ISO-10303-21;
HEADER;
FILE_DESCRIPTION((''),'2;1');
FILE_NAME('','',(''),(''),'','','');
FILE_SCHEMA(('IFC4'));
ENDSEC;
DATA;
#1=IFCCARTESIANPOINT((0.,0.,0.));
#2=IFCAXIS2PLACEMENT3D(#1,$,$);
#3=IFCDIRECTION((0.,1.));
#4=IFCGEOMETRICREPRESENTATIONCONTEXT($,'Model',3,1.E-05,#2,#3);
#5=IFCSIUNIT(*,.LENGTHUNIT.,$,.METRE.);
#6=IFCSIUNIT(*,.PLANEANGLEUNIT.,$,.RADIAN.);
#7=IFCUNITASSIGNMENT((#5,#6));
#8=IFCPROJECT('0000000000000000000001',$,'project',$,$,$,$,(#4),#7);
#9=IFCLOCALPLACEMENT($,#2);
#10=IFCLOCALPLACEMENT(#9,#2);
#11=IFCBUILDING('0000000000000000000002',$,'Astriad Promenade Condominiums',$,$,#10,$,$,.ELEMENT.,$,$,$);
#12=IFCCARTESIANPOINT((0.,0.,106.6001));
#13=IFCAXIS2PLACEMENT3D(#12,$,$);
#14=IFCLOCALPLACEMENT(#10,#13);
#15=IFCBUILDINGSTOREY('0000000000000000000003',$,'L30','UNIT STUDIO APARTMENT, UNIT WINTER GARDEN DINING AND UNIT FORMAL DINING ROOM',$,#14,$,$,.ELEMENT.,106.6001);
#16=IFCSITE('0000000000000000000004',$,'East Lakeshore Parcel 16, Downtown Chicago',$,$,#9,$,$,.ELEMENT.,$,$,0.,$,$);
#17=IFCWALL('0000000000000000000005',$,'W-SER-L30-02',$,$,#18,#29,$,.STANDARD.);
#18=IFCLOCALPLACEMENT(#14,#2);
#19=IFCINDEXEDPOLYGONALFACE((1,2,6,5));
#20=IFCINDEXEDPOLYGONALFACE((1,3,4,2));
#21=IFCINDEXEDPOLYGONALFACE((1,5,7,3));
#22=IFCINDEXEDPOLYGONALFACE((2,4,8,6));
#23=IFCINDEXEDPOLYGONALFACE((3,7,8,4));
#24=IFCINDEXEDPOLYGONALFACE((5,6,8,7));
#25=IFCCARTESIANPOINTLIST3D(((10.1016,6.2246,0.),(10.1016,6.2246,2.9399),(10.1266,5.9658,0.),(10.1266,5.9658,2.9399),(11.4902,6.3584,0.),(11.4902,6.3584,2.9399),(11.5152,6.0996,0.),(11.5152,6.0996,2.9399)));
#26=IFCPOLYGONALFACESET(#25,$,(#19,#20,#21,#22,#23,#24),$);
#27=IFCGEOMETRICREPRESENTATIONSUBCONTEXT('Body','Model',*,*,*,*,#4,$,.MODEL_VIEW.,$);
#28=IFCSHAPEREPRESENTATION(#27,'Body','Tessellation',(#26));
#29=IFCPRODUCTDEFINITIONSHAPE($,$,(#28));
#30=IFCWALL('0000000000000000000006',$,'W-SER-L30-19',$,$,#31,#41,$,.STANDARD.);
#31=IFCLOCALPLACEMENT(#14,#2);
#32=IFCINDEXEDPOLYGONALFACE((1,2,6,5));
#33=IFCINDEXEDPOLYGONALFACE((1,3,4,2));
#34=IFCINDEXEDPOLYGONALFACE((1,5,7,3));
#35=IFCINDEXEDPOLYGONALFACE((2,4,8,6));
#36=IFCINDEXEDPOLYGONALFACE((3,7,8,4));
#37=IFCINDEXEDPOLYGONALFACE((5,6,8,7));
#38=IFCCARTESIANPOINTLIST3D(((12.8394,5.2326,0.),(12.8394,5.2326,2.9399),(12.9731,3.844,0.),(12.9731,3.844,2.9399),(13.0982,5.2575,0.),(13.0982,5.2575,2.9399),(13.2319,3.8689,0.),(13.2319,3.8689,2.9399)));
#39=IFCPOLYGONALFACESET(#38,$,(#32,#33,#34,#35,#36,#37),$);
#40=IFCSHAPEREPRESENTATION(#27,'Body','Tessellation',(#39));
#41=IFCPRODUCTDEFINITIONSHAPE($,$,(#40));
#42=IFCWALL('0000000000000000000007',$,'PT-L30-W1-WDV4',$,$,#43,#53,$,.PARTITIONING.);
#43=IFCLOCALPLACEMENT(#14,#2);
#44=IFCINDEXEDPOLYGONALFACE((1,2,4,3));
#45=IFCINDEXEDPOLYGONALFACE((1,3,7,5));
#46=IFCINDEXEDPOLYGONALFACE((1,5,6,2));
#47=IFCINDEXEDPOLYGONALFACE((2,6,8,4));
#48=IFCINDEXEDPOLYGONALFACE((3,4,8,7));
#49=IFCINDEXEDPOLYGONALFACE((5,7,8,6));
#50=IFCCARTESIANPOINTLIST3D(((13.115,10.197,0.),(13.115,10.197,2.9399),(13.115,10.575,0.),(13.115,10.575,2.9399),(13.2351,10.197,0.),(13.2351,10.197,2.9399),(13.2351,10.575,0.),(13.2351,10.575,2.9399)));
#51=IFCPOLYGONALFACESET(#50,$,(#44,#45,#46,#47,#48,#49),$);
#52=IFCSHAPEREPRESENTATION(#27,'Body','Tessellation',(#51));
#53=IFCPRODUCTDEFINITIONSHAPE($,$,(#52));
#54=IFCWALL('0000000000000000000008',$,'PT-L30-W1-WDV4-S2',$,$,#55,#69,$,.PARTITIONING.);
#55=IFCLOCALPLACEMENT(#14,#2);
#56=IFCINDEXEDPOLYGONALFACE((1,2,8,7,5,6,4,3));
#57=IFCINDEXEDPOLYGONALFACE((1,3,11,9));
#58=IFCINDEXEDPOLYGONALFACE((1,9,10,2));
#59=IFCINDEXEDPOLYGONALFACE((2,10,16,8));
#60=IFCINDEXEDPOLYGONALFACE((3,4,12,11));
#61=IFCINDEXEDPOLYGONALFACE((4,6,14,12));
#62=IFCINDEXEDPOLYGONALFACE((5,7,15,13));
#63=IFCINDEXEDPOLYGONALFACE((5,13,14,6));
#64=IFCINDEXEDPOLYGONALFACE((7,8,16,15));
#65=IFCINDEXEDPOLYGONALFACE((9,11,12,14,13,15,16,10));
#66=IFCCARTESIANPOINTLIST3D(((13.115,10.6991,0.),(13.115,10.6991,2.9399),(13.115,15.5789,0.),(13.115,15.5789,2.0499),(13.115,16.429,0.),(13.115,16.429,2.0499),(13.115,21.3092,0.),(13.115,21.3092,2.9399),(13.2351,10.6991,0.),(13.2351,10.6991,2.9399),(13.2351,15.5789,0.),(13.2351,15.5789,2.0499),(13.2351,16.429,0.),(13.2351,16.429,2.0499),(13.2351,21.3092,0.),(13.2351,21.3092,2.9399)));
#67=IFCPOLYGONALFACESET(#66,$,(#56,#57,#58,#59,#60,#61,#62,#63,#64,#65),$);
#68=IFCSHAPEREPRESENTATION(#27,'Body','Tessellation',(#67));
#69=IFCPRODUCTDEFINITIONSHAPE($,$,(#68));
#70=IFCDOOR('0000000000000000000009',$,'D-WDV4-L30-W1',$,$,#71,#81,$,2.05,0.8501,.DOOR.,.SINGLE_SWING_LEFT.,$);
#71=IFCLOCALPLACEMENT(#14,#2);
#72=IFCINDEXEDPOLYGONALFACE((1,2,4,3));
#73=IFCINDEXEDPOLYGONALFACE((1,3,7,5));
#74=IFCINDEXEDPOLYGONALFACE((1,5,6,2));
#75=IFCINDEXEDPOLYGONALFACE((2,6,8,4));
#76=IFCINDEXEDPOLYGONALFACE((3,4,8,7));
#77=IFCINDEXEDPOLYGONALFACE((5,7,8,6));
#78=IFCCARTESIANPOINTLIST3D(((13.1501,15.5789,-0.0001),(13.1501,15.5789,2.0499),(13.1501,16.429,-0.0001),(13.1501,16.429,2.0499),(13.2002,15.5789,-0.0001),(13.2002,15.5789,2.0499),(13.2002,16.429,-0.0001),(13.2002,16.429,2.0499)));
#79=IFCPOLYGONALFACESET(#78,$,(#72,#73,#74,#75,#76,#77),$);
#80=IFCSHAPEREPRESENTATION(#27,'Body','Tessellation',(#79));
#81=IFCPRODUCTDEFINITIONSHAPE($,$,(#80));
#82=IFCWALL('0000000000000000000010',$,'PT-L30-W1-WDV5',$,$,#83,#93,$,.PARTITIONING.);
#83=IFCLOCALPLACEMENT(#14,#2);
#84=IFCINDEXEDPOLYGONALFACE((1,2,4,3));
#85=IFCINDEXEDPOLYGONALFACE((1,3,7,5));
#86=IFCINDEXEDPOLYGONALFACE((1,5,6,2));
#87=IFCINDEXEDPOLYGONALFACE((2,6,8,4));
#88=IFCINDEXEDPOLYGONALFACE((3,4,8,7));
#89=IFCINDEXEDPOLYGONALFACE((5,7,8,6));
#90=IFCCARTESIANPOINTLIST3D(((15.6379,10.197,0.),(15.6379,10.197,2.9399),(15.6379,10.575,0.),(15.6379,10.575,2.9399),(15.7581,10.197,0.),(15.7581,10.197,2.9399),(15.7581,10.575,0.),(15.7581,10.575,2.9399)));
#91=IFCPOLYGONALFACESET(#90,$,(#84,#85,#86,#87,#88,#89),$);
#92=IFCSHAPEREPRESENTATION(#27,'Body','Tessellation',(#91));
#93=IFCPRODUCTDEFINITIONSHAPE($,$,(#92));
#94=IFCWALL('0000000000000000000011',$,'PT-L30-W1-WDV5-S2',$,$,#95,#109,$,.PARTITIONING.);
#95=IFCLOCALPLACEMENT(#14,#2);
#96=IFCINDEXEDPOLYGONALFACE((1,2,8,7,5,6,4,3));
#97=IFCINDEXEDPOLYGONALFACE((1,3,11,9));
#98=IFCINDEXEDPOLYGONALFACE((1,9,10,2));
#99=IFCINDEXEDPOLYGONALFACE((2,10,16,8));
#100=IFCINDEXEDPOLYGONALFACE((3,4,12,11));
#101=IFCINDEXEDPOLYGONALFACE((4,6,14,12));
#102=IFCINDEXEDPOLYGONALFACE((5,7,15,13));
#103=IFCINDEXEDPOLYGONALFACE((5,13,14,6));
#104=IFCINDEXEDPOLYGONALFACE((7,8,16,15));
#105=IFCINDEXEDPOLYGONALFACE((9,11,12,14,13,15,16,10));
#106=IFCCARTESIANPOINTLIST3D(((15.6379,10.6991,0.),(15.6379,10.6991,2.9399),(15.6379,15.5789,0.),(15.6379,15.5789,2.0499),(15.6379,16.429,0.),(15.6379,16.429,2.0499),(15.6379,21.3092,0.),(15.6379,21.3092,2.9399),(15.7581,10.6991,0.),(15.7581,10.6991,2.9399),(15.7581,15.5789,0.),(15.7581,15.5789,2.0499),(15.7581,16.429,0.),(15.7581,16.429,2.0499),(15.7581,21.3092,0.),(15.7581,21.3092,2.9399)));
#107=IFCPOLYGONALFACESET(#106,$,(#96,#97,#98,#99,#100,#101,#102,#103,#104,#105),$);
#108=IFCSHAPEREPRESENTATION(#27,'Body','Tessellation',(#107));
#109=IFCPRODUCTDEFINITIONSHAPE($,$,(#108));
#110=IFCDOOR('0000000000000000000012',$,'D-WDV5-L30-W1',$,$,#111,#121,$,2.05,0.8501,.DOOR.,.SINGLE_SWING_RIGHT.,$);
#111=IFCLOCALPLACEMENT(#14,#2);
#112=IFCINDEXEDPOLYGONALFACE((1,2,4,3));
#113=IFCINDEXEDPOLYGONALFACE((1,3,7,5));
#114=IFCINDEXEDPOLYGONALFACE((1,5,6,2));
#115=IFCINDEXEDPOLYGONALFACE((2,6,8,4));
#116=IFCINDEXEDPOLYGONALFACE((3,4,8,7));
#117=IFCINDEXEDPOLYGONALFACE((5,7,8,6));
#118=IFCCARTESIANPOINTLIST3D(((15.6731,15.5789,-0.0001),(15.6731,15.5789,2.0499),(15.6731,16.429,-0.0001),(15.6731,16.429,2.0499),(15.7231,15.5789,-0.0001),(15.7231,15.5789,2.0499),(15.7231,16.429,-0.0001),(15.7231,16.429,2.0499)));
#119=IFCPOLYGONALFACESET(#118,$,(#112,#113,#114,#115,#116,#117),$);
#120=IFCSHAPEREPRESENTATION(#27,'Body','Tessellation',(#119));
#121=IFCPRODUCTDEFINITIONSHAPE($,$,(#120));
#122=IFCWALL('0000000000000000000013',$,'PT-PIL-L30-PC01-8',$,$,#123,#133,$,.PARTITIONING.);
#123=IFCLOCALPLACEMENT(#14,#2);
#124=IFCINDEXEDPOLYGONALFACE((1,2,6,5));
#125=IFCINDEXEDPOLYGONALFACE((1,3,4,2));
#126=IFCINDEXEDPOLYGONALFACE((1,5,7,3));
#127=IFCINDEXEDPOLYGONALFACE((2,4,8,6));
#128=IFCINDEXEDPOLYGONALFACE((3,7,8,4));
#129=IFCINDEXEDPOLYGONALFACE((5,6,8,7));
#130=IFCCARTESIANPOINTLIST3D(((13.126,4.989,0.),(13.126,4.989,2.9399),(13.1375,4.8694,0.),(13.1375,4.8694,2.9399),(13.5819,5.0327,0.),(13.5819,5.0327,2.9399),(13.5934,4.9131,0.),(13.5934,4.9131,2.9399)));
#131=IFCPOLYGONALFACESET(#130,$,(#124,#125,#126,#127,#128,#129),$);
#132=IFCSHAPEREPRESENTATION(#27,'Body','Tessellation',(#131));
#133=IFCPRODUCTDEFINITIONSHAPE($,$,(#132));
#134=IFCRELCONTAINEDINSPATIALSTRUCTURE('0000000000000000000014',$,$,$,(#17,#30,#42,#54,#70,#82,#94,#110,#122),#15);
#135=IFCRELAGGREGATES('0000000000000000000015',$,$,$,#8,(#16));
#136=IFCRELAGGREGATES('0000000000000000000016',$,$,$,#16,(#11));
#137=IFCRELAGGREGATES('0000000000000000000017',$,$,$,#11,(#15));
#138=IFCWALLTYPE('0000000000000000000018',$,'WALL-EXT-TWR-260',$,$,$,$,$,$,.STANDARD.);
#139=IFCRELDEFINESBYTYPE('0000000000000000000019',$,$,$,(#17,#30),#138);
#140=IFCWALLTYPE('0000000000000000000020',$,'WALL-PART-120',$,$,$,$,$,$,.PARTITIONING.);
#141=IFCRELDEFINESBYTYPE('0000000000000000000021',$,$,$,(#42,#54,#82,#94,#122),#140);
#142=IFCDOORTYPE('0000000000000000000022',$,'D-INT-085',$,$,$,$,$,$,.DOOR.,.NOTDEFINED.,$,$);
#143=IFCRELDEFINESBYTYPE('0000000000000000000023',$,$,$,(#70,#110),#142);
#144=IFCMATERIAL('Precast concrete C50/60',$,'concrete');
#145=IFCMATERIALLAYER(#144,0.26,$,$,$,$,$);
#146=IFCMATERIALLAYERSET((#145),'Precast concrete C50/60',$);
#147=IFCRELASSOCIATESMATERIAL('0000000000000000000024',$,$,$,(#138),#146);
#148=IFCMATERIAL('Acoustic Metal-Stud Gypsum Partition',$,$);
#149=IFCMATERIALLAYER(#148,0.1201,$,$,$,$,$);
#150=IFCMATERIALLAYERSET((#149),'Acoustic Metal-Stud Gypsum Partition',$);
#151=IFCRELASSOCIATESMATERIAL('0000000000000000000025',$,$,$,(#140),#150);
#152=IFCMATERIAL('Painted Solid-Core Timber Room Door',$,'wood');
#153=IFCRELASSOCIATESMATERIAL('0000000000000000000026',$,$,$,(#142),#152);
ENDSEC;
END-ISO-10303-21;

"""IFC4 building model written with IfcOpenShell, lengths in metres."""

from ifc_helpers import new_model, si_unit, direction, frame, frame_2d, origin, place, context, subcontext, project, spatial, rectangle, extrude, source, transform, mapped, material, layer, layer_set, type_object, type_shapes, element, fill, save


model = new_model("IFC4")

# Units and contexts
model_context = context("Model", 3, precision=1e-05, world=origin(), true_north=direction((0.0, 1.0)))
body_context = subcontext(model_context, "Body", "Model", "MODEL_VIEW")
ifc_project = project(units=[si_unit("LENGTHUNIT", "METRE"), si_unit("PLANEANGLEUNIT", "RADIAN")], contexts=[model_context])

# Site, building, storey
site_placement = place(None, origin())
site = spatial("IfcSite", under=ifc_project, at=site_placement, Name="East Lakeshore Parcel 16, Downtown Chicago", CompositionType="ELEMENT", RefElevation=0.0)
building_placement = place(site_placement, origin())
building = spatial("IfcBuilding", under=site, at=building_placement, Name="Astriad Promenade Condominiums", CompositionType="ELEMENT")
storey_placement = place(building_placement, frame((0.0, 0.0, 106.6001)))
storey = spatial("IfcBuildingStorey", under=building, at=storey_placement, Name="L30", Description="UNIT STUDIO APARTMENT, UNIT WINTER GARDEN DINING AND UNIT FORMAL DINING ROOM", CompositionType="ELEMENT", Elevation=106.6001)

# Walls
ifc_material_1 = material(Name="Precast concrete C50/60", Category="concrete")
ifc_layer_1 = layer(ifc_material_1, 0.26)
ifc_layer_set_1 = layer_set([ifc_layer_1], Name="Precast concrete C50/60")
wall_type_1 = type_object("IfcWallType", Name="WALL-EXT-TWR-260", PredefinedType="STANDARD", material=ifc_layer_set_1)
for number, where, z_axis, x_axis, name in (
    (1, (11.5027, 6.229, 0.0), (0.0, 0.0, 1.0), (-0.995391, -0.095899, 0.0), "W-SER-L30-02"),
    (2, (13.1025, 3.8564, 0.0), (0.0, 0.0, 1.0), (-0.095899, 0.995391, 0.0), "W-SER-L30-19"),
):
    element("IfcWall", number, at=place(storey_placement, frame(where, z_axis=z_axis, x_axis=x_axis)), inside=storey, type_object=wall_type_1, Name=name, PredefinedType="STANDARD", context=body_context, shape_type="SweptSolid", body=[
        extrude(rectangle(XDim=1.395, YDim=0.26, at=frame_2d((0.6975, 0.0))), origin(), (0.0, 0.0, 1.0), 2.9399),
    ])
ifc_material_2 = material(Name="Acoustic Metal-Stud Gypsum Partition")
ifc_layer_2 = layer(ifc_material_2, 0.1201)
ifc_layer_set_2 = layer_set([ifc_layer_2], Name="Acoustic Metal-Stud Gypsum Partition")
wall_type_2 = type_object("IfcWallType", Name="WALL-PART-120", PredefinedType="PARTITIONING", material=ifc_layer_set_2)
wall_1_placement = place(storey_placement, frame((13.175, 10.197, 0.0), z_axis=(0.0, 0.0, 1.0), x_axis=(0.0, 1.0, 0.0)))
element("IfcWall", 3, at=wall_1_placement, inside=storey, type_object=wall_type_2, Name="PT-L30-W1-WDV4", PredefinedType="PARTITIONING", context=body_context, shape_type="SweptSolid", body=[
    extrude(rectangle(XDim=0.3779, YDim=0.1201, at=frame_2d((0.189, 0.0))), origin(), (0.0, 0.0, 1.0), 2.9399),
])

# Wall, opening, door
wall_2_placement = place(storey_placement, frame((13.175, 10.699, 0.0), z_axis=(0.0, 0.0, 1.0), x_axis=(0.0, 1.0, 0.0)))
wall_2 = element("IfcWall", 4, at=wall_2_placement, inside=storey, type_object=wall_type_2, Name="PT-L30-W1-WDV4-S2", PredefinedType="PARTITIONING", context=body_context, shape_type="SweptSolid", body=[
    extrude(rectangle(XDim=10.6101, YDim=0.1201, at=frame_2d((5.3052, 0.0))), origin(), (0.0, 0.0, 1.0), 2.9399),
])
opening_1_placement = place(wall_2_placement, frame((4.8799, 0.0, 0.0)))
opening_1 = element("IfcOpeningElement", 5, at=opening_1_placement, cuts=wall_2, PredefinedType="OPENING", context=body_context, shape_type="SweptSolid", body=[
    extrude(rectangle(XDim=0.8501, YDim=2.05, at=frame_2d((0.425, 1.0249))), frame((0.0, 0.0701, 0.0), z_axis=(0.0, -1.0, 0.0), x_axis=(1.0, 0.0, 0.0)), (0.0, 0.0, 1.0), 0.1401),
])
ifc_material_3 = material(Name="Painted Solid-Core Timber Room Door", Category="wood")
door_type = type_object("IfcDoorType", Name="D-INT-085", OperationType="NOTDEFINED", PredefinedType="DOOR", material=ifc_material_3)
shared_shape_1 = source(origin(), body_context, "Body", "SweptSolid", [
    extrude(rectangle(XDim=0.8501, YDim=2.05, at=frame_2d((0.425, 1.0249))), frame((0.0, 0.0249, 0.0), z_axis=(0.0, -1.0, 0.0), x_axis=(1.0, 0.0, 0.0)), (0.0, 0.0, 1.0), 0.05),
])
type_shapes(door_type, [shared_shape_1])
door_1_placement = place(opening_1_placement, origin())
door_1 = element("IfcDoor", 6, at=door_1_placement, inside=storey, type_object=door_type, Name="D-WDV4-L30-W1", OperationType="SINGLE_SWING_LEFT", OverallHeight=2.05, OverallWidth=0.8501, PredefinedType="DOOR", context=body_context, shape_type="MappedRepresentation", body=[
    mapped(shared_shape_1, transform((0.0, 0.0, 0.0), scale=1.0)),
])
fill(opening_1, door_1)

# Wall
wall_3_placement = place(storey_placement, frame((15.698, 10.197, 0.0), z_axis=(0.0, 0.0, 1.0), x_axis=(0.0, 1.0, 0.0)))
element("IfcWall", 7, at=wall_3_placement, inside=storey, type_object=wall_type_2, Name="PT-L30-W1-WDV5", PredefinedType="PARTITIONING", context=body_context, shape_type="SweptSolid", body=[
    extrude(rectangle(XDim=0.3779, YDim=0.1201, at=frame_2d((0.189, 0.0))), origin(), (0.0, 0.0, 1.0), 2.9399),
])

# Wall, opening, door
wall_4_placement = place(storey_placement, frame((15.698, 10.699, 0.0), z_axis=(0.0, 0.0, 1.0), x_axis=(0.0, 1.0, 0.0)))
wall_4 = element("IfcWall", 8, at=wall_4_placement, inside=storey, type_object=wall_type_2, Name="PT-L30-W1-WDV5-S2", PredefinedType="PARTITIONING", context=body_context, shape_type="SweptSolid", body=[
    extrude(rectangle(XDim=10.6101, YDim=0.1201, at=frame_2d((5.3052, 0.0))), origin(), (0.0, 0.0, 1.0), 2.9399),
])
opening_2_placement = place(wall_4_placement, frame((4.8799, 0.0, 0.0)))
opening_2 = element("IfcOpeningElement", 9, at=opening_2_placement, cuts=wall_4, PredefinedType="OPENING", context=body_context, shape_type="SweptSolid", body=[
    extrude(rectangle(XDim=0.8501, YDim=2.05, at=frame_2d((0.425, 1.0249))), frame((0.0, 0.0701, 0.0), z_axis=(0.0, -1.0, 0.0), x_axis=(1.0, 0.0, 0.0)), (0.0, 0.0, 1.0), 0.1401),
])
door_2_placement = place(opening_2_placement, origin())
door_2 = element("IfcDoor", 10, at=door_2_placement, inside=storey, type_object=door_type, Name="D-WDV5-L30-W1", OperationType="SINGLE_SWING_RIGHT", OverallHeight=2.05, OverallWidth=0.8501, PredefinedType="DOOR", context=body_context, shape_type="MappedRepresentation", body=[
    mapped(shared_shape_1, transform((0.0, 0.0, 0.0), scale=1.0)),
])
fill(opening_2, door_2)

# Wall
wall_5_placement = place(storey_placement, frame((13.5876, 4.9729, 0.0), z_axis=(0.0, 0.0, 1.0), x_axis=(-0.995435, -0.095438, 0.0)))
element("IfcWall", 11, at=wall_5_placement, inside=storey, type_object=wall_type_2, Name="PT-PIL-L30-PC01-8", PredefinedType="PARTITIONING", context=body_context, shape_type="SweptSolid", body=[
    extrude(rectangle(XDim=0.458, YDim=0.1201, at=frame_2d((0.229, 0.0))), origin(), (0.0, 0.0, 1.0), 2.9399),
])

save(model, "model.ifc")
